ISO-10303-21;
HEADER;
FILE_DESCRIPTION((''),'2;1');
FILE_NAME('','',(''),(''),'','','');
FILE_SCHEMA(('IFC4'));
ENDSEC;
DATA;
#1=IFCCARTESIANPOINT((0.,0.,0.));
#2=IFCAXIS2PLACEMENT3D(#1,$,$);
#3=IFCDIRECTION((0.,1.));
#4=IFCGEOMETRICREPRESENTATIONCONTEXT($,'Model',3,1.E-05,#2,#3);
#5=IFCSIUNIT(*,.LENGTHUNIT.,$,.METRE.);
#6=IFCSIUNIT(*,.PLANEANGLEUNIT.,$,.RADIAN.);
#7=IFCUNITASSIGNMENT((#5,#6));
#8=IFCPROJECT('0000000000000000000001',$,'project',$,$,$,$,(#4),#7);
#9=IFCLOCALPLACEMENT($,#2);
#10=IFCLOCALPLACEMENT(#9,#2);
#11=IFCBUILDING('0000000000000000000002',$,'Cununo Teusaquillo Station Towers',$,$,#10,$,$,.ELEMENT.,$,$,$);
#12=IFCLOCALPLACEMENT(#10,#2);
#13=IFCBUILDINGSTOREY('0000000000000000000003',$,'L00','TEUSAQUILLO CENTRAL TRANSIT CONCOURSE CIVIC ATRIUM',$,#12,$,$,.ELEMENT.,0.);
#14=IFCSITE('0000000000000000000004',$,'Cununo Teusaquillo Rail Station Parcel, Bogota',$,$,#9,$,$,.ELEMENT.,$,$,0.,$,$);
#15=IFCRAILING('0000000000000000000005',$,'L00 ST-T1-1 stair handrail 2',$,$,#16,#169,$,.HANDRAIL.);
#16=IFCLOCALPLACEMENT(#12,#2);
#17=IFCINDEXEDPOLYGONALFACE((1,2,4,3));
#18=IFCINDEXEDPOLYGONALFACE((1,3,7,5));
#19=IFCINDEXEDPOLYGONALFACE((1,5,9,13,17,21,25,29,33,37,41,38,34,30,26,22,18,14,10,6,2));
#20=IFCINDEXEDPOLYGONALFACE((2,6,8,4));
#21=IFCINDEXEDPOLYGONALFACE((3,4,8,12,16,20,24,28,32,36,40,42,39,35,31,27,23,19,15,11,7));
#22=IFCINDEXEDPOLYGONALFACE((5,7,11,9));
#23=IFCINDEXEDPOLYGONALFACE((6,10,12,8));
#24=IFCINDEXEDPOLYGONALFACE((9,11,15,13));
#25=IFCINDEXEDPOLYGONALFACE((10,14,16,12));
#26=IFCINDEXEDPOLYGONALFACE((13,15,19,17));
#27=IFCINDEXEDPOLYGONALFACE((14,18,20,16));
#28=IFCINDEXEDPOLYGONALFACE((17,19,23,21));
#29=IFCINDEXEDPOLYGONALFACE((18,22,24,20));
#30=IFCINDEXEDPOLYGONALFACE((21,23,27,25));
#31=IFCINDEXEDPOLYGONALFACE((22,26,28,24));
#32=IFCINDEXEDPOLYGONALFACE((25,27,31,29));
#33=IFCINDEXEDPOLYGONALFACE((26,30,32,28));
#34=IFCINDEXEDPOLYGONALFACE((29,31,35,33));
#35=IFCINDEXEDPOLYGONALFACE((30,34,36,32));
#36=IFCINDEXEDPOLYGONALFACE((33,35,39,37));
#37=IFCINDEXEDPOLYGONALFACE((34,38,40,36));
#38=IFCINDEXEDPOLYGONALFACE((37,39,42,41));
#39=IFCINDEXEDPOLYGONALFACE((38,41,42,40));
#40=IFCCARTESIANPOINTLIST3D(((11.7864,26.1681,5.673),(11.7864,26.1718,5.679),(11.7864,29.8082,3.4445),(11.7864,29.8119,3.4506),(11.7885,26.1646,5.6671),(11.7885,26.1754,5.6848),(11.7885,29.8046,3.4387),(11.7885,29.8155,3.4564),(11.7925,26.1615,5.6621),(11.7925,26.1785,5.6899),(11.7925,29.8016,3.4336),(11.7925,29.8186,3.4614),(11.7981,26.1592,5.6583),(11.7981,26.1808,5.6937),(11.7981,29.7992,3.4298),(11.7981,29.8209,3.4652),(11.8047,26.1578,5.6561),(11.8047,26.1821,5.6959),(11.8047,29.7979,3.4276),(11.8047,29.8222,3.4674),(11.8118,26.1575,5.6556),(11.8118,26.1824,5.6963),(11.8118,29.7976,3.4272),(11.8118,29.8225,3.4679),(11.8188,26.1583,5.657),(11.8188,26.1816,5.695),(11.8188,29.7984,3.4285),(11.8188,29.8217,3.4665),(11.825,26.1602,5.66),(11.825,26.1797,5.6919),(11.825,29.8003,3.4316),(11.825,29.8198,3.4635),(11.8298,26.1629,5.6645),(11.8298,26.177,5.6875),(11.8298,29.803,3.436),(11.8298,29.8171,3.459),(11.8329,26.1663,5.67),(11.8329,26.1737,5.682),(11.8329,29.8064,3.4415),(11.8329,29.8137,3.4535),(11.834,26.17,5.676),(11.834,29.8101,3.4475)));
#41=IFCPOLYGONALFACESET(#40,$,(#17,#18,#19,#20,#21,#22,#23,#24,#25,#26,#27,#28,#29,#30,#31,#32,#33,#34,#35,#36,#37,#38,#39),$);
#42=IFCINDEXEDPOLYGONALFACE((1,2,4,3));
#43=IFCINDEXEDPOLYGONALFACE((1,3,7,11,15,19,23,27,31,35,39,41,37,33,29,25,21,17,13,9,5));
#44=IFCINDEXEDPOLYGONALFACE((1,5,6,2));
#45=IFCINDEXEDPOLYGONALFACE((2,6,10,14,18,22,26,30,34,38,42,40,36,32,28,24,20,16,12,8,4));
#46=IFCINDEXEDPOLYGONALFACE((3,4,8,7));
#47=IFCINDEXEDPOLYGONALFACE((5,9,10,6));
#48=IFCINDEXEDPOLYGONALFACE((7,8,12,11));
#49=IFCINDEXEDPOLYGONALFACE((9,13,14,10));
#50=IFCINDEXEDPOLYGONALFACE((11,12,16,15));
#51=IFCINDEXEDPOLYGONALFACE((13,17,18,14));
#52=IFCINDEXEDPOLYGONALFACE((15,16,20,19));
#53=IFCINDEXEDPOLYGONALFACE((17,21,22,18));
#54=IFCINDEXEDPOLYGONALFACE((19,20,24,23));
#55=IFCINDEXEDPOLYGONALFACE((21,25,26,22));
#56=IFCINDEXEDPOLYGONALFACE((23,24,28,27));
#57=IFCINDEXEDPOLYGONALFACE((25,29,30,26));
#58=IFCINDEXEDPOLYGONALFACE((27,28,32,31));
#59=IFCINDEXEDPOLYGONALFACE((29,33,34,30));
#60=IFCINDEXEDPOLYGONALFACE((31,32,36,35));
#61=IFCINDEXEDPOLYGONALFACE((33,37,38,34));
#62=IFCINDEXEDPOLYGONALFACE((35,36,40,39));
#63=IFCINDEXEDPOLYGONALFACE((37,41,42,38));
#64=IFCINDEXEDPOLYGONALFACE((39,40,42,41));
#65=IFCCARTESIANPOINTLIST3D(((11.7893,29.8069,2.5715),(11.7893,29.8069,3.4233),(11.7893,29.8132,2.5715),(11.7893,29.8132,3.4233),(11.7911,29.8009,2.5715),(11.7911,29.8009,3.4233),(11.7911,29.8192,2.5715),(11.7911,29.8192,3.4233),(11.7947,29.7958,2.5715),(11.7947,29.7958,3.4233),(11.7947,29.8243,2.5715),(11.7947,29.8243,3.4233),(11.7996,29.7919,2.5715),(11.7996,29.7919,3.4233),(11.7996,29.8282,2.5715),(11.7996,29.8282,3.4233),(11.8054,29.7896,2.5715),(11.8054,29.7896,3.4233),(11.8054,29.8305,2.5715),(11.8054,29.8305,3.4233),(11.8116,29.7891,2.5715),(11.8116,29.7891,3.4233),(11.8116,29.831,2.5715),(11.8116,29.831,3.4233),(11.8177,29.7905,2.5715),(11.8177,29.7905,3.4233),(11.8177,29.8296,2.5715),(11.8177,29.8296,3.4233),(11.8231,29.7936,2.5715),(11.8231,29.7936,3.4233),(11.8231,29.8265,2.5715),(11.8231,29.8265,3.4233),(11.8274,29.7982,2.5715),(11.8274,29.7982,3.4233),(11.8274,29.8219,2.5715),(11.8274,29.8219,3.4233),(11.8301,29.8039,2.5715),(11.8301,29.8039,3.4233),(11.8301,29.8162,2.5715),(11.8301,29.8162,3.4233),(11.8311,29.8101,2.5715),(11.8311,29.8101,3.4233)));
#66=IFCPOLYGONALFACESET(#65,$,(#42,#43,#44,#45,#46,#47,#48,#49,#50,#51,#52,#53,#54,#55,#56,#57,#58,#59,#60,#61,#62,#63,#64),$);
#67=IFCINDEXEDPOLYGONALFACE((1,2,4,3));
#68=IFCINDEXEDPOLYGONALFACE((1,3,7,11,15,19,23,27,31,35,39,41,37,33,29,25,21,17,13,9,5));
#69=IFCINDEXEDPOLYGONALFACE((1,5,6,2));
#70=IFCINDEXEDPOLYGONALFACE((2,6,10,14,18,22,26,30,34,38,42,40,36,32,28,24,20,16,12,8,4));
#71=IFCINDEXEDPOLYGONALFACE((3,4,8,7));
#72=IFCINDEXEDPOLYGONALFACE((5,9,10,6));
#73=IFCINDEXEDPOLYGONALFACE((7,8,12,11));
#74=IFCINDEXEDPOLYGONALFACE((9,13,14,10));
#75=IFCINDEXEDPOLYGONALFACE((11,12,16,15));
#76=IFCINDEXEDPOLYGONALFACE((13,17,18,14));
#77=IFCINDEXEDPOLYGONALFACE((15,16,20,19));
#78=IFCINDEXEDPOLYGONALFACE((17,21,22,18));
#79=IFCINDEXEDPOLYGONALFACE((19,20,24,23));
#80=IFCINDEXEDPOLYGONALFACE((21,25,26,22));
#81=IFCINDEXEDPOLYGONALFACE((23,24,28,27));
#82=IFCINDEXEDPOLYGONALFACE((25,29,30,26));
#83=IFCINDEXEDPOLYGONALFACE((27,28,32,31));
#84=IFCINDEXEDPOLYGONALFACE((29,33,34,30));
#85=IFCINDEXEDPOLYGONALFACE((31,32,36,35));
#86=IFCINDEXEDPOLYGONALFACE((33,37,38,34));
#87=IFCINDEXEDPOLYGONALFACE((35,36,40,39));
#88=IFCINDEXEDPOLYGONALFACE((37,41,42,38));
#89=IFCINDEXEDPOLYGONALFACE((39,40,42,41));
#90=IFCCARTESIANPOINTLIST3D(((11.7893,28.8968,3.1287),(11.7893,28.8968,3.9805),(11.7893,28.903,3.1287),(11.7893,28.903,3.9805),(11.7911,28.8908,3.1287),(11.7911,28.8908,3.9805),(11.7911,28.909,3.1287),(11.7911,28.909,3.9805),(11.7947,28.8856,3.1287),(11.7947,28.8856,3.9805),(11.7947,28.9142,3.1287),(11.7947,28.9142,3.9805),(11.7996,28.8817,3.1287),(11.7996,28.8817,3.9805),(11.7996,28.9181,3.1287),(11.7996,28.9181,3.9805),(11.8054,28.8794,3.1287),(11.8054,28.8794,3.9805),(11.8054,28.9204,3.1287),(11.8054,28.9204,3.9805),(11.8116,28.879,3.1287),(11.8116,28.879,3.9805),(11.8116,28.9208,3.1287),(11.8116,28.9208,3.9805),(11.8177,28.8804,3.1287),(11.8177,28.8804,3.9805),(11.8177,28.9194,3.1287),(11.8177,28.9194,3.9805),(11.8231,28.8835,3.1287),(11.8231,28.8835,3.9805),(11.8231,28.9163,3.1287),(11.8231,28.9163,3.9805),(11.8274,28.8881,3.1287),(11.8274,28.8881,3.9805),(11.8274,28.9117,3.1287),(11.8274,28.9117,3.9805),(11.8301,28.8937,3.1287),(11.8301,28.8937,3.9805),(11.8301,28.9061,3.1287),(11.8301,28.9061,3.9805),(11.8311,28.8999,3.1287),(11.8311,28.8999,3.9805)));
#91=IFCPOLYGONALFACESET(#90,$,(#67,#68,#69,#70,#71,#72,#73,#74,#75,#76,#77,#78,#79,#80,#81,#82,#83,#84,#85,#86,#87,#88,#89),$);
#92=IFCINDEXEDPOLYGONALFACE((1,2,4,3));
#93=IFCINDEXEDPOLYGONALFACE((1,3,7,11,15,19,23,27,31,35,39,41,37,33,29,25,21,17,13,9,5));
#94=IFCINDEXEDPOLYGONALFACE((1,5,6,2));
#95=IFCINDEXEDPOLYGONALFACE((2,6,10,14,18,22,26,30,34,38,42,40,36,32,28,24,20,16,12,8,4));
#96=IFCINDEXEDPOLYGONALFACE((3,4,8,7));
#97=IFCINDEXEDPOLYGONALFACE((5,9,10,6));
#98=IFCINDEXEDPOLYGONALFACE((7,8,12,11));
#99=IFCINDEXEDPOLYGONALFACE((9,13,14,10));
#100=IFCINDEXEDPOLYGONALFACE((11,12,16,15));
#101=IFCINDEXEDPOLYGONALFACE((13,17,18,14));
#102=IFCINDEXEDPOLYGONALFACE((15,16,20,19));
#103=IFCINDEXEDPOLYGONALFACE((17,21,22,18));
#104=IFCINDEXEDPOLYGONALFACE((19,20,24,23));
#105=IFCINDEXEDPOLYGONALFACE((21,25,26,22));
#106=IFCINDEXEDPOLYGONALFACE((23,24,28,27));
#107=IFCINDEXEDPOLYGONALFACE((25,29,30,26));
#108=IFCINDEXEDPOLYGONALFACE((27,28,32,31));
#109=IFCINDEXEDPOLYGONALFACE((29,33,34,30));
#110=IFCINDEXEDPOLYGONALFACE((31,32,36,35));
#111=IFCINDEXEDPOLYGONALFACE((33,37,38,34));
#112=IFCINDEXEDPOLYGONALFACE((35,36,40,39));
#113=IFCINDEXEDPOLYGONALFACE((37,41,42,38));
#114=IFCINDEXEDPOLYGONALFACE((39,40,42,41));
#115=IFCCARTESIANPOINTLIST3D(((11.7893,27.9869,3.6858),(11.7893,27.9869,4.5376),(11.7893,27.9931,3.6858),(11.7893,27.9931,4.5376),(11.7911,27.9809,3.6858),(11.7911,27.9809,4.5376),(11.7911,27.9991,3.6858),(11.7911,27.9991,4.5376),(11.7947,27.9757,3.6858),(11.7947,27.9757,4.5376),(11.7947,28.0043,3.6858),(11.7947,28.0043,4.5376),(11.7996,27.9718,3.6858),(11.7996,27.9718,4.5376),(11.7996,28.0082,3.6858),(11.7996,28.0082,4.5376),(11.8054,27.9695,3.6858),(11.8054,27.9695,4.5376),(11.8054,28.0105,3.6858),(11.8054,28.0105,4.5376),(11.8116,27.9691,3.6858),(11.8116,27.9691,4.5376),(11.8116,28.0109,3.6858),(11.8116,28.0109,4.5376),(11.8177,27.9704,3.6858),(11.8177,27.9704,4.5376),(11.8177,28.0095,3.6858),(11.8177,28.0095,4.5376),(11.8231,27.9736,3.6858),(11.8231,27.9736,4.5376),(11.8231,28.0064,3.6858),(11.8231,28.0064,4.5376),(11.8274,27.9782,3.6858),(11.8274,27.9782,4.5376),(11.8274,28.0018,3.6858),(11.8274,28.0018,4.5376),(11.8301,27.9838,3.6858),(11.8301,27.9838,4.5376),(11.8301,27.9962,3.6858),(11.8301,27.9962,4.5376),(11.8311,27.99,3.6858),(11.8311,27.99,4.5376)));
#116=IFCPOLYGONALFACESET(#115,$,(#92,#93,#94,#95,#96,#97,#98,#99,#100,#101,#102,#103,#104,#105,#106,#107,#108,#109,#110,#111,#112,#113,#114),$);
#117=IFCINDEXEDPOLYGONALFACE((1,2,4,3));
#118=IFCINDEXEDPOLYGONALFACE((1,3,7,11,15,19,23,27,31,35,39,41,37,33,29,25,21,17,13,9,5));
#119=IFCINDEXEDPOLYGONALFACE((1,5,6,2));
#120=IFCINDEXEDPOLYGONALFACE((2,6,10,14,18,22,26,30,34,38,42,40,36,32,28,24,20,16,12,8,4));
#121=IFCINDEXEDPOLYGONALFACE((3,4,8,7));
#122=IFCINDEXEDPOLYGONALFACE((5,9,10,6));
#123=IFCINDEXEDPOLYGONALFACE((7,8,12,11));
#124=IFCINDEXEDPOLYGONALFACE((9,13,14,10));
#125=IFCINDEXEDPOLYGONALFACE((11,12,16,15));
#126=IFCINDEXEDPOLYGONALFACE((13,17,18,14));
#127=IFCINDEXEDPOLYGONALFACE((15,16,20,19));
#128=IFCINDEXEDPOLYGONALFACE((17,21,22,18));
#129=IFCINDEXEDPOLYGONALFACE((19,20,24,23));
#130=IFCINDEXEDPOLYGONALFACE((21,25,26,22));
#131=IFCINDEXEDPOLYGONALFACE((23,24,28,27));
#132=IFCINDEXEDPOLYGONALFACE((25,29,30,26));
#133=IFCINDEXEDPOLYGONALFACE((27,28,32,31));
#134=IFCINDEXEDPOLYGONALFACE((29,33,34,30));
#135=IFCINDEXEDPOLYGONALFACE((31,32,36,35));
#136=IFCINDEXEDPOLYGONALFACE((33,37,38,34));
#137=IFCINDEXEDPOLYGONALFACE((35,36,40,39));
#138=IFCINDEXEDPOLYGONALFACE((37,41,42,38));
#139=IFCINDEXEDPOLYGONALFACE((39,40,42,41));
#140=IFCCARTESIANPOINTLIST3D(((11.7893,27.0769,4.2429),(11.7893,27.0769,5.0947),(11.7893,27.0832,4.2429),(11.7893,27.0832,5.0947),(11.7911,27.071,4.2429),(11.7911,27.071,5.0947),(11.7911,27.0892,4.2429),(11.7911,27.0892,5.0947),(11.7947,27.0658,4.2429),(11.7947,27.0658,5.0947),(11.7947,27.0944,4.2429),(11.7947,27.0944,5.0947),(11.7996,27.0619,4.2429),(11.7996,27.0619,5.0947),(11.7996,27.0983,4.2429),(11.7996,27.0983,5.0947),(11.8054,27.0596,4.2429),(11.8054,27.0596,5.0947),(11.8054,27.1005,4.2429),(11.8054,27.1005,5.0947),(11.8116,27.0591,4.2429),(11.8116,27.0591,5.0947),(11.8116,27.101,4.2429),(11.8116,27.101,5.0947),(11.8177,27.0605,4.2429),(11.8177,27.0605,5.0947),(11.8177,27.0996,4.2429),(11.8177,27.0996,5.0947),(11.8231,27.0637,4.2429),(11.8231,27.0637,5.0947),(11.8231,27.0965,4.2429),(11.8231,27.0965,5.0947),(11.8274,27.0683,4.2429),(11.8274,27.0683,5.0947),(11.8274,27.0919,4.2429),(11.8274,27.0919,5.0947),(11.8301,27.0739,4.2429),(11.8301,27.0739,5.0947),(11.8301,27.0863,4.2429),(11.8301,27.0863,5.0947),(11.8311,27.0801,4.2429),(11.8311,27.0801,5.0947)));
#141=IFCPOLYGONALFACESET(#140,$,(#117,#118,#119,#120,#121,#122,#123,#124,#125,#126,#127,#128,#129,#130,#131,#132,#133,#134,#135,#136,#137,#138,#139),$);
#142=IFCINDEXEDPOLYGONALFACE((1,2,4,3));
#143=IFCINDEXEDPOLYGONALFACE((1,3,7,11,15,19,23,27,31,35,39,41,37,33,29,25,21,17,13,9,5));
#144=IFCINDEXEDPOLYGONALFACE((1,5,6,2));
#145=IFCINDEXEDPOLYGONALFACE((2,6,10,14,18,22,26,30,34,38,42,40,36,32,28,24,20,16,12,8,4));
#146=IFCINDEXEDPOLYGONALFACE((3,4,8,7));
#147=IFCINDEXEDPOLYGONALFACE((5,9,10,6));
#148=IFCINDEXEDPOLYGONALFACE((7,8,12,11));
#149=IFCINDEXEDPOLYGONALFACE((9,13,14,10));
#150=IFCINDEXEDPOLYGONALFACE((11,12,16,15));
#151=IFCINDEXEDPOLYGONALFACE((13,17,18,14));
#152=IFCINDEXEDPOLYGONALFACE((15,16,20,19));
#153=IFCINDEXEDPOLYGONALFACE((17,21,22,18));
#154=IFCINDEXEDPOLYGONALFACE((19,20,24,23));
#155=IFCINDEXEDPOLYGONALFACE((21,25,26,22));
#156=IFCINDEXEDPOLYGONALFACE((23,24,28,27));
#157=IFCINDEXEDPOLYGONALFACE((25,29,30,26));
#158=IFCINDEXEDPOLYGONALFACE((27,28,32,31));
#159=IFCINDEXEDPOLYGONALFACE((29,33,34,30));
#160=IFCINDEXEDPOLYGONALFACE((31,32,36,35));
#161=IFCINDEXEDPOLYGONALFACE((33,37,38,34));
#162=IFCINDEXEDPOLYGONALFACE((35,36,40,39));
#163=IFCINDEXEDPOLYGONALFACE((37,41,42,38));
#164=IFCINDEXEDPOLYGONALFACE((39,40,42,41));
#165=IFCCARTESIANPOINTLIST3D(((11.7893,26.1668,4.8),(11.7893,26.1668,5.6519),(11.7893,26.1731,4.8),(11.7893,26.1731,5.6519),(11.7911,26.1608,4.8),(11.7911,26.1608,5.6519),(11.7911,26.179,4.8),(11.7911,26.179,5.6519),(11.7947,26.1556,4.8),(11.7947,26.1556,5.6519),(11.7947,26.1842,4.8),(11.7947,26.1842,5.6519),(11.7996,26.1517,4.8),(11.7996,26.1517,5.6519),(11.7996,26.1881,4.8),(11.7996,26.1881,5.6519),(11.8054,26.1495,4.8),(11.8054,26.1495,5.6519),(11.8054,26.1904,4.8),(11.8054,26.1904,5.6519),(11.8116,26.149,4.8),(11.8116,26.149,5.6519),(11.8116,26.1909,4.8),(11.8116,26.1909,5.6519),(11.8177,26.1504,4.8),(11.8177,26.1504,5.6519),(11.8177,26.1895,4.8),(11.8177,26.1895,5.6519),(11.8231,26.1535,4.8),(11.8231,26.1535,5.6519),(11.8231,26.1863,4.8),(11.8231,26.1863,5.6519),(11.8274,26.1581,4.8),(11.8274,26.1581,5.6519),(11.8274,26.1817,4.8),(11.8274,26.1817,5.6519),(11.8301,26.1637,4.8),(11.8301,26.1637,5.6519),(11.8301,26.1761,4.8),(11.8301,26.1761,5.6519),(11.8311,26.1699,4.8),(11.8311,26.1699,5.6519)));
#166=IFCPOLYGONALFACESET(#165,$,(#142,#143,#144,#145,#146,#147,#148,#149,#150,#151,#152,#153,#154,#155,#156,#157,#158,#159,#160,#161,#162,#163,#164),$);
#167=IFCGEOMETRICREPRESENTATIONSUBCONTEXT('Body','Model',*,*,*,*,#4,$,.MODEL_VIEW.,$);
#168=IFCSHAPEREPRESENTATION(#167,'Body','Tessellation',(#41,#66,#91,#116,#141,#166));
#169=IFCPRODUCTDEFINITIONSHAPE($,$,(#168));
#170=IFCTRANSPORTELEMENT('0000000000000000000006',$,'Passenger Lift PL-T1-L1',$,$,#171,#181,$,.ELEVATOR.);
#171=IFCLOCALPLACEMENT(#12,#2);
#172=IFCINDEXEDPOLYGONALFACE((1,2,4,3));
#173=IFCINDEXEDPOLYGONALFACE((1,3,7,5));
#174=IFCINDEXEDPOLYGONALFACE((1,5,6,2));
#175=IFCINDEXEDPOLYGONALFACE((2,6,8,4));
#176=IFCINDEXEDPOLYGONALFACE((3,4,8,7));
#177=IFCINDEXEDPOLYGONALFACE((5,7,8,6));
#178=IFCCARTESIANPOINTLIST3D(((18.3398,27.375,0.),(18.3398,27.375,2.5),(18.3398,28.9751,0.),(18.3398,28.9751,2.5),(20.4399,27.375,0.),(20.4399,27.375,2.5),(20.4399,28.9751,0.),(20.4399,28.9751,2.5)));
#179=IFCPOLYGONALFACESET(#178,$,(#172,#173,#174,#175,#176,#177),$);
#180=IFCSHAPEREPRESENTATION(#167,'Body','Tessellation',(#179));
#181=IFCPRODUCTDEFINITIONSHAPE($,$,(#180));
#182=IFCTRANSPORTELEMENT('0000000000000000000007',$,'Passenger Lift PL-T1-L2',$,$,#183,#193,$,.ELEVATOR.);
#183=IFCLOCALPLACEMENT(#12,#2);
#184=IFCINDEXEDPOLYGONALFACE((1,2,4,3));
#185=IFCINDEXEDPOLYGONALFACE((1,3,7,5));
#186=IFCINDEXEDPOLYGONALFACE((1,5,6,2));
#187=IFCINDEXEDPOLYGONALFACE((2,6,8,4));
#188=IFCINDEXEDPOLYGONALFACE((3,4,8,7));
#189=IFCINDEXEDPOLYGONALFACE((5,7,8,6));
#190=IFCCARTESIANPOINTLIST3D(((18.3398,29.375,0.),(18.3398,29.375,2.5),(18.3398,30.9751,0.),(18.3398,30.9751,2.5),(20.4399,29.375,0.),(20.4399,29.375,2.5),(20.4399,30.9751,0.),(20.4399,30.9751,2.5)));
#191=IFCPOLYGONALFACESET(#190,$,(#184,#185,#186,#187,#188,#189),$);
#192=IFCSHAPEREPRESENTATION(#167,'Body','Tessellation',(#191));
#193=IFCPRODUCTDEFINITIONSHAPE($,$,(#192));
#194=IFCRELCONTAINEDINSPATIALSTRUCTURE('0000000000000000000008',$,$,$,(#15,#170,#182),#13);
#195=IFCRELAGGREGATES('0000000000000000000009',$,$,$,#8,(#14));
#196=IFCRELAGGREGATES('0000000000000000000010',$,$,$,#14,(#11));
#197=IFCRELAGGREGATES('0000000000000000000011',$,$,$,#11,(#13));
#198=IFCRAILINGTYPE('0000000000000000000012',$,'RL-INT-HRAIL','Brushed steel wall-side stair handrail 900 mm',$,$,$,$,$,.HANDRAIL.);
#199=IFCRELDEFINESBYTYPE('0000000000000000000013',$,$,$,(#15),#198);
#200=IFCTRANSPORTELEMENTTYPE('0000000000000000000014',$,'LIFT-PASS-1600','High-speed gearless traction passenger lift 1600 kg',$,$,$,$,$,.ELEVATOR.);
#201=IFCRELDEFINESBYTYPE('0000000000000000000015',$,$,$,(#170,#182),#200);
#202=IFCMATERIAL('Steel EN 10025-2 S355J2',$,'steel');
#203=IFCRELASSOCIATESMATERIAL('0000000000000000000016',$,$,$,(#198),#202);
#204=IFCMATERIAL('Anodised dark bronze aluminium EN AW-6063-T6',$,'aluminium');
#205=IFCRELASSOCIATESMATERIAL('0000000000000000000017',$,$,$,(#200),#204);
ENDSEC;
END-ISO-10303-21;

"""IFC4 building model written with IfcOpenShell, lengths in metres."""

from ifc_helpers import new_model, si_unit, direction, frame, origin, origin_2d, place, context, subcontext, project, spatial, rectangle, circle, extrude, source, transform, mapped, material, type_object, element, save


model = new_model("IFC4")

# Units and contexts
model_context = context("Model", 3, precision=1e-05, world=origin(), true_north=direction((0.0, 1.0)))
body_context = subcontext(model_context, "Body", "Model", "MODEL_VIEW")
ifc_project = project(units=[si_unit("LENGTHUNIT", "METRE"), si_unit("PLANEANGLEUNIT", "RADIAN")], contexts=[model_context])

# Site, building, storey
site_placement = place(None, origin())
site = spatial("IfcSite", under=ifc_project, at=site_placement, Name="Cununo Teusaquillo Rail Station Parcel, Bogota", CompositionType="ELEMENT", RefElevation=0.0)
building_placement = place(site_placement, origin())
building = spatial("IfcBuilding", under=site, at=building_placement, Name="Cununo Teusaquillo Station Towers", CompositionType="ELEMENT")
storey_placement = place(building_placement, origin())
storey = spatial("IfcBuildingStorey", under=building, at=storey_placement, Name="L00", Description="TEUSAQUILLO CENTRAL TRANSIT CONCOURSE CIVIC ATRIUM", CompositionType="ELEMENT", Elevation=0.0)

# Railing
ifc_material_1 = material(Name="Steel EN 10025-2 S355J2", Category="steel")
railing_type_1 = type_object("IfcRailingType", Name="RL-INT-HRAIL", Description="Brushed steel wall-side stair handrail 900 mm", PredefinedType="HANDRAIL", material=ifc_material_1)
railing_1_placement = place(storey_placement, frame((11.8101, 29.8101, 2.5715)))
element("IfcRailing", 1, at=railing_1_placement, inside=storey, type_object=railing_type_1, Name="L00 ST-T1-1 stair handrail 2", PredefinedType="HANDRAIL", context=body_context, shape_type="SweptSolid", body=[
    extrude(circle(Radius=0.0239, at=origin_2d()), frame((0.0, 0.0, 0.876), z_axis=(0.0, -0.852866, 0.52213), x_axis=(1.0, 0.0, 0.0)), (0.0, 0.0, 1.0), 4.2681),
    extrude(circle(Radius=0.021, at=origin_2d()), origin(), (0.0, 0.0, 1.0), 0.8518),
    extrude(circle(Radius=0.021, at=origin_2d()), frame((0.0, -0.9102, 0.5571)), (0.0, 0.0, 1.0), 0.8518),
    extrude(circle(Radius=0.021, at=origin_2d()), frame((0.0, -1.8201, 1.1143)), (0.0, 0.0, 1.0), 0.8518),
    extrude(circle(Radius=0.021, at=origin_2d()), frame((0.0, -2.73, 1.6714)), (0.0, 0.0, 1.0), 0.8518),
    extrude(circle(Radius=0.021, at=origin_2d()), frame((0.0, -3.6401, 2.2285)), (0.0, 0.0, 1.0), 0.8518),
])

# Transport elements
ifc_material_2 = material(Name="Anodised dark bronze aluminium EN AW-6063-T6", Category="aluminium")
transport_element_type = type_object("IfcTransportElementType", Name="LIFT-PASS-1600", Description="High-speed gearless traction passenger lift 1600 kg", PredefinedType="ELEVATOR", material=ifc_material_2)
shared_shape_1 = source(origin(), body_context, "Body", "SweptSolid", [
    extrude(rectangle(XDim=2.1001, YDim=1.6001, at=origin_2d()), origin(), (0.0, 0.0, 1.0), 2.5),
])
for number, where, z_axis, x_axis, name in (
    (2, (19.3899, 28.175, 0.0), (0.0, 0.0, 1.0), (1.0, 0.0, 0.0), "Passenger Lift PL-T1-L1"),
    (3, (19.3899, 30.175, 0.0), (0.0, 0.0, 1.0), (1.0, 0.0, 0.0), "Passenger Lift PL-T1-L2"),
):
    element("IfcTransportElement", number, at=place(storey_placement, frame(where, z_axis=z_axis, x_axis=x_axis)), inside=storey, type_object=transport_element_type, Name=name, PredefinedType="ELEVATOR", context=body_context, shape_type="MappedRepresentation", body=[
        mapped(shared_shape_1, transform((0.0, 0.0, 0.0), x_axis=(1.0, 0.0, 0.0), y_axis=(0.0, 1.0, 0.0), z_axis=(0.0, 0.0, 1.0), scale=1.0)),
    ])

save(model, "model.ifc")
